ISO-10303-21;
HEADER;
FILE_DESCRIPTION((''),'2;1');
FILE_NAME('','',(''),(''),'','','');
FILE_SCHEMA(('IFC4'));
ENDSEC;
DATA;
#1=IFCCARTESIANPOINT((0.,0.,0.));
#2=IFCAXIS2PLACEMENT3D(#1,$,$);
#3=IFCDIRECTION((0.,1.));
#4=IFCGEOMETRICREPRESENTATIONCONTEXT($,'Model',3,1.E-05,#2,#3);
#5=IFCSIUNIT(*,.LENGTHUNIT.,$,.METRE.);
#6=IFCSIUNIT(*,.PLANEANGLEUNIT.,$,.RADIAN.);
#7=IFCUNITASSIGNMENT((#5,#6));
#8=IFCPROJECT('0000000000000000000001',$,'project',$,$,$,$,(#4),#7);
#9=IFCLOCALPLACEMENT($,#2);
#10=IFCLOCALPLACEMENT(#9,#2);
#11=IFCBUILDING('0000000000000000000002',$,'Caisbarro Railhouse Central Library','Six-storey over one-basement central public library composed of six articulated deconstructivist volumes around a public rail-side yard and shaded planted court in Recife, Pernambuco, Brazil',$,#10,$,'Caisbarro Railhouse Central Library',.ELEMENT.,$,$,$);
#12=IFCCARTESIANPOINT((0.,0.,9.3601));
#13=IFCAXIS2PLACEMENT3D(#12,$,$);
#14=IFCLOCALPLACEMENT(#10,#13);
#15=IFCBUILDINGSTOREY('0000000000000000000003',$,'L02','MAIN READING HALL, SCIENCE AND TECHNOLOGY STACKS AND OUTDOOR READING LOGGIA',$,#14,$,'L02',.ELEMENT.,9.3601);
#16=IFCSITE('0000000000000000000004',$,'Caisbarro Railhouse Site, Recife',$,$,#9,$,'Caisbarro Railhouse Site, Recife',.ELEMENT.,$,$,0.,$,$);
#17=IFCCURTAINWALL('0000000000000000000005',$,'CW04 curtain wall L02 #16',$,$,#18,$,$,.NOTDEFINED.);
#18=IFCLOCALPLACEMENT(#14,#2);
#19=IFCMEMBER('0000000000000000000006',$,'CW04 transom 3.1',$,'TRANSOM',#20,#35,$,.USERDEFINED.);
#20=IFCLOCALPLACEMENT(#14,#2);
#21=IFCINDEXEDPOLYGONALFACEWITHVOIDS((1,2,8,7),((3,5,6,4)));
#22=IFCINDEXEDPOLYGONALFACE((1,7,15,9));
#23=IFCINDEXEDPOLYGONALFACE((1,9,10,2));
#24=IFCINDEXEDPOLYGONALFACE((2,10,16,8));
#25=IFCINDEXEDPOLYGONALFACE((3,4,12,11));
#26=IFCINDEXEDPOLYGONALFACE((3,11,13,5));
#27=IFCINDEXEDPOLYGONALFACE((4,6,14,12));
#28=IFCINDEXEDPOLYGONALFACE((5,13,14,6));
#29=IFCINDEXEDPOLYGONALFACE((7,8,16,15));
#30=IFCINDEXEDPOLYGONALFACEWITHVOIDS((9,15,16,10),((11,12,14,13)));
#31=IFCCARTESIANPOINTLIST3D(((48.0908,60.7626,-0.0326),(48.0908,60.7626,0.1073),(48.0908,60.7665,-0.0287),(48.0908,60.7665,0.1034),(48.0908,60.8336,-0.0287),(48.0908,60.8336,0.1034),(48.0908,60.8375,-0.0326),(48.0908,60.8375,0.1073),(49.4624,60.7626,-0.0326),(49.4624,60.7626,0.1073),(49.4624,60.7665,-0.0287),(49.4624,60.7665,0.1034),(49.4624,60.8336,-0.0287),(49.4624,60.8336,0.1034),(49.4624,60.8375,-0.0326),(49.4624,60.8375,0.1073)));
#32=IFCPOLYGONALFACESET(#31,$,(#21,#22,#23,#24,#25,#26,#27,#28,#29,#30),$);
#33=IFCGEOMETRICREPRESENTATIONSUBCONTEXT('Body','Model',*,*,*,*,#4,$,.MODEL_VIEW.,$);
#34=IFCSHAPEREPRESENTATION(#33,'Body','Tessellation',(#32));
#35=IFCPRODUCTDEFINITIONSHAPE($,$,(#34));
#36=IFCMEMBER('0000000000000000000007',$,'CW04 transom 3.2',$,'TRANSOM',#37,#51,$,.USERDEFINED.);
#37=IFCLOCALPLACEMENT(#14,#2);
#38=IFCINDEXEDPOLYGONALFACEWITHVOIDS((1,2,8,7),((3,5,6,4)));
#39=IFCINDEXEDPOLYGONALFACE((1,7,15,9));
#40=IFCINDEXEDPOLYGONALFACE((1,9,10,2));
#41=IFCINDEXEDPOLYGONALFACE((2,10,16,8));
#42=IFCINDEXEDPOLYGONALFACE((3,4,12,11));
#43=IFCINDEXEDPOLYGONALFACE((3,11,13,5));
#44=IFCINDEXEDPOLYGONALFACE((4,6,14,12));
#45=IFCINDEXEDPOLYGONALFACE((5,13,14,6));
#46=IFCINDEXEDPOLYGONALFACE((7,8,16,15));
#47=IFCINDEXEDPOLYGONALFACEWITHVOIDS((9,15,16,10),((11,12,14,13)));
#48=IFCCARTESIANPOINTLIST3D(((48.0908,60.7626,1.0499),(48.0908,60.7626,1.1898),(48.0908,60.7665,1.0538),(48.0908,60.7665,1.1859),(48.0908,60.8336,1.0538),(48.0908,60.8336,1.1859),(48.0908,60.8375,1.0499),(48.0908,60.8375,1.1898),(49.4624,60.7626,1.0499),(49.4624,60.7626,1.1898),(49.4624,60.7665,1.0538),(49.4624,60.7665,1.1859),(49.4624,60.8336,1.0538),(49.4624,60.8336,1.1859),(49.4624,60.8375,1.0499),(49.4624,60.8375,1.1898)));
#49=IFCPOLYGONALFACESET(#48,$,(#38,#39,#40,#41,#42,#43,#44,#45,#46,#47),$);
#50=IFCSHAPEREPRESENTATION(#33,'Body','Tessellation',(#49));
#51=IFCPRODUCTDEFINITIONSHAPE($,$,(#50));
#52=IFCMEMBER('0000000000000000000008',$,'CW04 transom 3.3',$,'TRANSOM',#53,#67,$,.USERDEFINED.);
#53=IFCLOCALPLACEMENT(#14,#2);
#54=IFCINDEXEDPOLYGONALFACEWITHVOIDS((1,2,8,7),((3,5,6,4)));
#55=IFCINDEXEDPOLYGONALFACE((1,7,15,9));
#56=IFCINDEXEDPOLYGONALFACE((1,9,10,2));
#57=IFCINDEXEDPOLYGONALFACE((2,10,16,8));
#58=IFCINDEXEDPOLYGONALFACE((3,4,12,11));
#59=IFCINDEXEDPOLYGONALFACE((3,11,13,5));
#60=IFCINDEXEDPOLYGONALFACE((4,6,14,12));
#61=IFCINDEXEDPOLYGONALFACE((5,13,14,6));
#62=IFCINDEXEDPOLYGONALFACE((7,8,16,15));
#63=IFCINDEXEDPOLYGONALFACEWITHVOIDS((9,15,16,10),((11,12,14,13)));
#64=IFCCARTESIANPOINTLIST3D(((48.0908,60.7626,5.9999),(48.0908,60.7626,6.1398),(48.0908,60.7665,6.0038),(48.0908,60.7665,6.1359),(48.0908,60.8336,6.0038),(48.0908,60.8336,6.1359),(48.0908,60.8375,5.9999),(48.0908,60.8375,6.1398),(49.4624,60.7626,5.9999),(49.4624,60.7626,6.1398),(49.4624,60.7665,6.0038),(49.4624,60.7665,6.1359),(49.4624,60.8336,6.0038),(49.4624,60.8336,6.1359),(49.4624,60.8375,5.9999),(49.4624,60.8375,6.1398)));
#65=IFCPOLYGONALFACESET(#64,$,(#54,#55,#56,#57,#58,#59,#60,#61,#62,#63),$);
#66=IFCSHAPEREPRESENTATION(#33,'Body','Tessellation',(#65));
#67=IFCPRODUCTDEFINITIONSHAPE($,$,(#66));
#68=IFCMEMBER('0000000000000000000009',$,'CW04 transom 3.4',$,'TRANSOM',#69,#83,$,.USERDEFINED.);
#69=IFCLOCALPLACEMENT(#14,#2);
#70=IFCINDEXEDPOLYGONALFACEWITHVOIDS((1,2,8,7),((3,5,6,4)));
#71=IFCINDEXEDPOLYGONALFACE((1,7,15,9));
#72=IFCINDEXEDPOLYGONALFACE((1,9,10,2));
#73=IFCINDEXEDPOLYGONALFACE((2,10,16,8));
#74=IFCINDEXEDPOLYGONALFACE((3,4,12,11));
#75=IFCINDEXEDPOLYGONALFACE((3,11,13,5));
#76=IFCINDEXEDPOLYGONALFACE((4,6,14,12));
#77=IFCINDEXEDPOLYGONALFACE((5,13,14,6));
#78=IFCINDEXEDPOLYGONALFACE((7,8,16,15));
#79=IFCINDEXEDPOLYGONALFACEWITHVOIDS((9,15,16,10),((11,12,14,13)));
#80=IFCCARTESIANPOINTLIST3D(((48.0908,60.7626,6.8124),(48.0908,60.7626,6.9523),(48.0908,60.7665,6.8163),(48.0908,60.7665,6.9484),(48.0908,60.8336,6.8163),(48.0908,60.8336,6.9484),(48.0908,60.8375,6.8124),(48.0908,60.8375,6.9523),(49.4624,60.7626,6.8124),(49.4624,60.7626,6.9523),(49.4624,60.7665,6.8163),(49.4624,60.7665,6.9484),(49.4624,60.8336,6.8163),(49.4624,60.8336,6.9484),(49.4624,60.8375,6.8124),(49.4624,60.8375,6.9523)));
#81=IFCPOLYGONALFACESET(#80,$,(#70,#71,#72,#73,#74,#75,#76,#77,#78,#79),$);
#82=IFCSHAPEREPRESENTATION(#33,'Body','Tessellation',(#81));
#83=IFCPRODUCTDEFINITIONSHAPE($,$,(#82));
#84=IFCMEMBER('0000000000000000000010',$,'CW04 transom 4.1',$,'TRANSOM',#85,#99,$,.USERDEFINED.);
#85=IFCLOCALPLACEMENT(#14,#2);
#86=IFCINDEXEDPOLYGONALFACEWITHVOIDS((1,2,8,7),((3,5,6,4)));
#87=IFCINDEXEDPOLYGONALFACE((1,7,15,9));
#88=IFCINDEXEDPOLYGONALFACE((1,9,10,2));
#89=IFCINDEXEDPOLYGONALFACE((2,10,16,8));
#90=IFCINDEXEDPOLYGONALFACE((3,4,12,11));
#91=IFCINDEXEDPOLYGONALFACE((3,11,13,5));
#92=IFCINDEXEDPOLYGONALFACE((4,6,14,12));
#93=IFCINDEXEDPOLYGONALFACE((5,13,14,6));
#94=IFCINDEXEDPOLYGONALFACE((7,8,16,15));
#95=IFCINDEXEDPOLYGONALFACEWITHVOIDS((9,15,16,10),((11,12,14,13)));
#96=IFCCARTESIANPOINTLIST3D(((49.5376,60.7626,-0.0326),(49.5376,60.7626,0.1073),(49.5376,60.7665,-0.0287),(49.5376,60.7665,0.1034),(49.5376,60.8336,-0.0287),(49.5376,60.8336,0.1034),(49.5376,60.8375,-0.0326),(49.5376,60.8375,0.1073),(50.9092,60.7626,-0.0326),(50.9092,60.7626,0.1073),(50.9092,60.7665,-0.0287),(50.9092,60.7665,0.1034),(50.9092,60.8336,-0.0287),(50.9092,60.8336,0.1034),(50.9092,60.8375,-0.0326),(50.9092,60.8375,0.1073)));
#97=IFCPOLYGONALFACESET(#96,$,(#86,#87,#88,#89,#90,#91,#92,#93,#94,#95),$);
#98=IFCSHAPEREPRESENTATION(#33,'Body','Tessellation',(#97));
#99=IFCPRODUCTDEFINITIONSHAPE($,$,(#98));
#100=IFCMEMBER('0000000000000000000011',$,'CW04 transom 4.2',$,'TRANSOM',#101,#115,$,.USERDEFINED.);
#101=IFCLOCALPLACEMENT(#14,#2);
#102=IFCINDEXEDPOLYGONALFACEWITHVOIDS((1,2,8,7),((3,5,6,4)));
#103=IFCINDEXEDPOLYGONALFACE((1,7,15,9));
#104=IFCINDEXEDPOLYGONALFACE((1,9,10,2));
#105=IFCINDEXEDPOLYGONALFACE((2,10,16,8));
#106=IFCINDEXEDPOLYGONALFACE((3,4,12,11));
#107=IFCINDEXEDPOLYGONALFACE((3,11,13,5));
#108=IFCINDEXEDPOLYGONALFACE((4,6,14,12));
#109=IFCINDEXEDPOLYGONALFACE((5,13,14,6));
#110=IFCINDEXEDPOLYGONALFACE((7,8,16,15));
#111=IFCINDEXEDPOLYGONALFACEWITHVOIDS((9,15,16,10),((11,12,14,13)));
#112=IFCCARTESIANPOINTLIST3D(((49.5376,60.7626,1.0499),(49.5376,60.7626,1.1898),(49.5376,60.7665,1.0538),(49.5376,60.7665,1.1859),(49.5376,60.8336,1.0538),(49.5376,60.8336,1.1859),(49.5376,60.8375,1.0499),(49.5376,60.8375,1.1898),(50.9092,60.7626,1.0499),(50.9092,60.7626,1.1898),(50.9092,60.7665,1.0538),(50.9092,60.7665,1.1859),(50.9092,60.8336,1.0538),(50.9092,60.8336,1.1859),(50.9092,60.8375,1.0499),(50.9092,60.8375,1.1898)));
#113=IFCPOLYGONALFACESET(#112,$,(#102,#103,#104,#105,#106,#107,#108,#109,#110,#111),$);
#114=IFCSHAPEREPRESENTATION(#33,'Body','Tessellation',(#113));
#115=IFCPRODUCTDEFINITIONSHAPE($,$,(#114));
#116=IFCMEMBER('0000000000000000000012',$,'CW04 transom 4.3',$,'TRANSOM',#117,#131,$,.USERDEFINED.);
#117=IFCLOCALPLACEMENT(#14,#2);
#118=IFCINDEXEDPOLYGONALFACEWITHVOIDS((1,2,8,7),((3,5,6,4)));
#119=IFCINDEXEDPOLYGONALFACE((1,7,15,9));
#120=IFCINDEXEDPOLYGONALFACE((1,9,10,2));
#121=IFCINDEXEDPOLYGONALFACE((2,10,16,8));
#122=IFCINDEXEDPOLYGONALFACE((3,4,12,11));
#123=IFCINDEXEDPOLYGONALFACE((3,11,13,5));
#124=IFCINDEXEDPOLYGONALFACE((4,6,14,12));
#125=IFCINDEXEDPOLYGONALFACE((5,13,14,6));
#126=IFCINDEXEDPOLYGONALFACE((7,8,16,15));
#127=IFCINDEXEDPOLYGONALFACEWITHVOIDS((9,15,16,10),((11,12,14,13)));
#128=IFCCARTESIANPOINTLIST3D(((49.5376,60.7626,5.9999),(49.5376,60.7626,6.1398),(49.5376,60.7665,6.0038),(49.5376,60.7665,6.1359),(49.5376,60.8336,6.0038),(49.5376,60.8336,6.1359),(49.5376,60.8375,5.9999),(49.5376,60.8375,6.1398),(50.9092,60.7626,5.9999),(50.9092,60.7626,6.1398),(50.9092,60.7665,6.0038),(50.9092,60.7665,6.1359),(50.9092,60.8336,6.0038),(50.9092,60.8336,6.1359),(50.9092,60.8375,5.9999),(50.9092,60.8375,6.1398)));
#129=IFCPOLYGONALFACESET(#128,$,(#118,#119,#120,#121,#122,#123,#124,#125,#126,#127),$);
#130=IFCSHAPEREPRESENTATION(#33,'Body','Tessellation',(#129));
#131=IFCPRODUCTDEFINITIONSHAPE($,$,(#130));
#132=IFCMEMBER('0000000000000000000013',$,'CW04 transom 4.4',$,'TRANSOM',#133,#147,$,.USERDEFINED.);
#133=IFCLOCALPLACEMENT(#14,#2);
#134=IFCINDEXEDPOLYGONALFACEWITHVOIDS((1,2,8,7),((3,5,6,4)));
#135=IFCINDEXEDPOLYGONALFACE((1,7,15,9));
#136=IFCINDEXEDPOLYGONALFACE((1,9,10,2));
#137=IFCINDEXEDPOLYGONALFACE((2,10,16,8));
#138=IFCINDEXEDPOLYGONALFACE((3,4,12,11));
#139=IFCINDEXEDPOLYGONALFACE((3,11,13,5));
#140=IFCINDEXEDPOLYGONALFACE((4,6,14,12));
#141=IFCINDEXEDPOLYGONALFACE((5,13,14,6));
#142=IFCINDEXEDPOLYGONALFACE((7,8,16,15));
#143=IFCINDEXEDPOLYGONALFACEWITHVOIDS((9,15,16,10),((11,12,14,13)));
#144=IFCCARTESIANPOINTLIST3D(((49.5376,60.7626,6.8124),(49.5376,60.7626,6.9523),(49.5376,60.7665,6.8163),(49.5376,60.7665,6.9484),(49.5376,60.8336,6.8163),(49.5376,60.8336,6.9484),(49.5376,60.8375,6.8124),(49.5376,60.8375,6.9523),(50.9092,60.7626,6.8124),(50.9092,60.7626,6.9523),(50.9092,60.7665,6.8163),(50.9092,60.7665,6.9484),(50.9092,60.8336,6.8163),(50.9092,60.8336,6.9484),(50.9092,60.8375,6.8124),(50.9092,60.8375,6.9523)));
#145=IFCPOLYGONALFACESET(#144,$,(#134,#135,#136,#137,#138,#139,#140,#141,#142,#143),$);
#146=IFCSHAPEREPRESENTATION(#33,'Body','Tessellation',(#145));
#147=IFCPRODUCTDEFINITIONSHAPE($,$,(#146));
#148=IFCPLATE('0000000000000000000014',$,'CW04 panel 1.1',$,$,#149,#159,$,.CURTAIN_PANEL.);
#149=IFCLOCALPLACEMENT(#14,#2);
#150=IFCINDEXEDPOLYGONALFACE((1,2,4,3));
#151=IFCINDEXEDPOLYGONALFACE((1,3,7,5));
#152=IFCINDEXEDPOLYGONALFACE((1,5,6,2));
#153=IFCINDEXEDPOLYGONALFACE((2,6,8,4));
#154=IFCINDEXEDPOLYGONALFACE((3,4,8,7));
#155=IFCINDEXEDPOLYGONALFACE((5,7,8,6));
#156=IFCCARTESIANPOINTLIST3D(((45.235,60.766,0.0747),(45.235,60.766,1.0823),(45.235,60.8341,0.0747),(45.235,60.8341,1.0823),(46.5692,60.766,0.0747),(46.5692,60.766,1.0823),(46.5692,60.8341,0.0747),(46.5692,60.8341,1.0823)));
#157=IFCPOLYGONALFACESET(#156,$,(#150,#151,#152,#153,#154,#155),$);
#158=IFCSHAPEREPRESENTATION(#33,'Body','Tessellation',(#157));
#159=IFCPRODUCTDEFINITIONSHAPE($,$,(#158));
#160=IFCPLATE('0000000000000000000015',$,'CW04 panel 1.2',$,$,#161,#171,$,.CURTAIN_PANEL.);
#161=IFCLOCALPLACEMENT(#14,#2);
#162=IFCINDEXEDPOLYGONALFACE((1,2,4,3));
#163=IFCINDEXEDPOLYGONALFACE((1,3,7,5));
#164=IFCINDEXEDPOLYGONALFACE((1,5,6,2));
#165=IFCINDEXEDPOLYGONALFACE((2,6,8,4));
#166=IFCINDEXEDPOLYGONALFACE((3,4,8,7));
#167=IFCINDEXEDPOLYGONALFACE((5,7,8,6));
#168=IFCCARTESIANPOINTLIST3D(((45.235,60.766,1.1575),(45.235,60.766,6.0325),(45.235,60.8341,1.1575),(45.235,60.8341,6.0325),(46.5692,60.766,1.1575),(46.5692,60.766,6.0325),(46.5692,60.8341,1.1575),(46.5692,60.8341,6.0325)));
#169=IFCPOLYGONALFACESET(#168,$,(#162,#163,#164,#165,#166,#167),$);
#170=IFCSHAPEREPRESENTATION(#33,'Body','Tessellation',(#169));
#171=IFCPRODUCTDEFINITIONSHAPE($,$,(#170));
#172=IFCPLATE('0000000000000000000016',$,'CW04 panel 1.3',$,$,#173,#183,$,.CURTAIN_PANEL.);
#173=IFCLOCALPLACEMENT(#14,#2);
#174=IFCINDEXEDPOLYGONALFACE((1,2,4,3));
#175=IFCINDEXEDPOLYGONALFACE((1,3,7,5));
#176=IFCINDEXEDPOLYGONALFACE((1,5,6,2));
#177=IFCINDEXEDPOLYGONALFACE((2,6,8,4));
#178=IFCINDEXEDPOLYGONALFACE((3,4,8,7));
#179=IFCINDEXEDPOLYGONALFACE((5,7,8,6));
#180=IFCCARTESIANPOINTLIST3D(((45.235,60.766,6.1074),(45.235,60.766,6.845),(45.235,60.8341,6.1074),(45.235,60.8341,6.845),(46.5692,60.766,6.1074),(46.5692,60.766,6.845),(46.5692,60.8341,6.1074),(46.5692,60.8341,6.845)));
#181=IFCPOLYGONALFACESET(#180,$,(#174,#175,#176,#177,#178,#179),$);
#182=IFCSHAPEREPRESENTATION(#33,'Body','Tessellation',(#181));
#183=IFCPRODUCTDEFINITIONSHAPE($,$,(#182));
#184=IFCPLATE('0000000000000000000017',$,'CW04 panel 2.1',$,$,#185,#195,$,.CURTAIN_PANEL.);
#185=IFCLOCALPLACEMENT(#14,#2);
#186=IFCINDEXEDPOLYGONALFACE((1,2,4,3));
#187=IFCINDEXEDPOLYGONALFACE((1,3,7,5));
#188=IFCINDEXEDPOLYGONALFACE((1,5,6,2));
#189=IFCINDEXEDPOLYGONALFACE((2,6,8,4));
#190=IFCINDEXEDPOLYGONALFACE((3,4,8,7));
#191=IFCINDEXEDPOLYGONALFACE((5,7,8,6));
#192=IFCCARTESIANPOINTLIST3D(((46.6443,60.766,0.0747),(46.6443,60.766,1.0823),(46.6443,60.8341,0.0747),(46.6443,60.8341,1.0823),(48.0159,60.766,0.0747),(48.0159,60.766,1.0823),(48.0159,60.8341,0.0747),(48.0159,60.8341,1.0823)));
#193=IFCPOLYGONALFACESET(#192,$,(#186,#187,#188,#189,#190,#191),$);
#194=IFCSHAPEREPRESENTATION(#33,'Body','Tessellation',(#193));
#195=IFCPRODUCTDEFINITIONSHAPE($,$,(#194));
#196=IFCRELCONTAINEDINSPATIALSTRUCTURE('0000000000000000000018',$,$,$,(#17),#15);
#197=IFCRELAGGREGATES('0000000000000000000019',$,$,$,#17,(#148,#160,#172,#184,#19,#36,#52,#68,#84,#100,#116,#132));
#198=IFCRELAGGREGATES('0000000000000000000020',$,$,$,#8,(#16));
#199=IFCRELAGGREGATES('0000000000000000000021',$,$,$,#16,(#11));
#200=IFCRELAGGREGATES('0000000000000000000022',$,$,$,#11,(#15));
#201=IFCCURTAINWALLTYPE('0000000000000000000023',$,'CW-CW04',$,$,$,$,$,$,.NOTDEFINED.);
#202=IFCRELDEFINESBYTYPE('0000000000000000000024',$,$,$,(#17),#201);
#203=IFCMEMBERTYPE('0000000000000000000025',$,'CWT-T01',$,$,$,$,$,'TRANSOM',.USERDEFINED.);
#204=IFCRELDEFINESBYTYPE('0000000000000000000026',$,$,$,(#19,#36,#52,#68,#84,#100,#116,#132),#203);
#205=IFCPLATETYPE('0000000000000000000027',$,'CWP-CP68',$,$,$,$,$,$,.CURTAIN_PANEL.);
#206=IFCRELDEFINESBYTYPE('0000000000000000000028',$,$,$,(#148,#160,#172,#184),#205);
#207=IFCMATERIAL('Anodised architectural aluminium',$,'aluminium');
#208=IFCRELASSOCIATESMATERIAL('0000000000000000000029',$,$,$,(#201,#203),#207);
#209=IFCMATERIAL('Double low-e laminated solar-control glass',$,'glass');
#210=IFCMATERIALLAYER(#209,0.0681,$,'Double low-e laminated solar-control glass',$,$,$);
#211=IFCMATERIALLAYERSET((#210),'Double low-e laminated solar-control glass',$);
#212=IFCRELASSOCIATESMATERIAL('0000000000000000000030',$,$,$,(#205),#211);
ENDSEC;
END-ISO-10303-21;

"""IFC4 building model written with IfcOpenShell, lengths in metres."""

from ifc_helpers import new_model, si_unit, direction, frame, origin, origin_2d, place, context, subcontext, project, spatial, rectangle, hollow_rectangle, extrude, material, layer, layer_set, material_profile, profile_set, type_object, element, aggregate, save


model = new_model("IFC4")

# Units and contexts
model_context = context("Model", 3, precision=1e-05, world=origin(), true_north=direction((0.0, 1.0)))
body_context = subcontext(model_context, "Body", "Model", "MODEL_VIEW")
ifc_project = project(units=[si_unit("LENGTHUNIT", "METRE"), si_unit("PLANEANGLEUNIT", "RADIAN")], contexts=[model_context])

# Site, building, storey
site_placement = place(None, origin())
site = spatial("IfcSite", under=ifc_project, at=site_placement, Name="Caisbarro Railhouse Site, Recife", LongName="Caisbarro Railhouse Site, Recife", CompositionType="ELEMENT", RefElevation=0.0)
building_placement = place(site_placement, origin())
building = spatial("IfcBuilding", under=site, at=building_placement, Name="Caisbarro Railhouse Central Library", Description="Six-storey over one-basement central public library composed of six articulated deconstructivist volumes around a public rail-side yard and shaded planted court in Recife, Pernambuco, Brazil", LongName="Caisbarro Railhouse Central Library", CompositionType="ELEMENT")
storey_placement = place(building_placement, frame((0.0, 0.0, 9.3601)))
storey = spatial("IfcBuildingStorey", under=building, at=storey_placement, Name="L02", Description="MAIN READING HALL, SCIENCE AND TECHNOLOGY STACKS AND OUTDOOR READING LOGGIA", LongName="L02", CompositionType="ELEMENT", Elevation=9.3601)

# Curtain wall, members, plates
ifc_material_1 = material(Name="Anodised architectural aluminium", Category="aluminium")
curtain_wall_type = type_object("IfcCurtainWallType", Name="CW-CW04", PredefinedType="NOTDEFINED", material=ifc_material_1)
curtain_wall_placement = place(storey_placement, origin())
curtain_wall = element("IfcCurtainWall", 1, at=curtain_wall_placement, inside=storey, type_object=curtain_wall_type, Name="CW04 curtain wall L02 #16", PredefinedType="NOTDEFINED")
ifc_material_profile_1 = material_profile(ifc_material_1, hollow_rectangle(XDim=0.075, YDim=0.1399, WallThickness=0.0039, at=origin_2d()), Name="ALU-TRN-75X140")
ifc_profile_set_1 = profile_set([ifc_material_profile_1], Name="Anodised architectural aluminium")
member_type_1 = type_object("IfcMemberType", Name="CWT-T01", ElementType="TRANSOM", PredefinedType="USERDEFINED", material=ifc_profile_set_1)
member_1_placement = place(storey_placement, frame((48.0908, 60.8, 0.0374), z_axis=(1.0, 0.0, 0.0), x_axis=(0.0, 1.0, 0.0)))
member_1 = element("IfcMember", 2, at=member_1_placement, type_object=member_type_1, Name="CW04 transom 3.1", ObjectType="TRANSOM", PredefinedType="USERDEFINED", context=body_context, shape_type="SweptSolid", body=[
    extrude(hollow_rectangle(XDim=0.075, YDim=0.1399, WallThickness=0.0039, at=origin_2d()), origin(), (0.0, 0.0, 1.0), 1.3716),
])
member_2_placement = place(storey_placement, frame((48.0908, 60.8, 1.1199), z_axis=(1.0, 0.0, 0.0), x_axis=(0.0, 1.0, 0.0)))
member_2 = element("IfcMember", 3, at=member_2_placement, type_object=member_type_1, Name="CW04 transom 3.2", ObjectType="TRANSOM", PredefinedType="USERDEFINED", context=body_context, shape_type="SweptSolid", body=[
    extrude(hollow_rectangle(XDim=0.075, YDim=0.1399, WallThickness=0.0039, at=origin_2d()), origin(), (0.0, 0.0, 1.0), 1.3716),
])
member_3_placement = place(storey_placement, frame((48.0908, 60.8, 6.0698), z_axis=(1.0, 0.0, 0.0), x_axis=(0.0, 1.0, 0.0)))
member_3 = element("IfcMember", 4, at=member_3_placement, type_object=member_type_1, Name="CW04 transom 3.3", ObjectType="TRANSOM", PredefinedType="USERDEFINED", context=body_context, shape_type="SweptSolid", body=[
    extrude(hollow_rectangle(XDim=0.075, YDim=0.1399, WallThickness=0.0039, at=origin_2d()), origin(), (0.0, 0.0, 1.0), 1.3716),
])
member_4_placement = place(storey_placement, frame((48.0908, 60.8, 6.8823), z_axis=(1.0, 0.0, 0.0), x_axis=(0.0, 1.0, 0.0)))
member_4 = element("IfcMember", 5, at=member_4_placement, type_object=member_type_1, Name="CW04 transom 3.4", ObjectType="TRANSOM", PredefinedType="USERDEFINED", context=body_context, shape_type="SweptSolid", body=[
    extrude(hollow_rectangle(XDim=0.075, YDim=0.1399, WallThickness=0.0039, at=origin_2d()), origin(), (0.0, 0.0, 1.0), 1.3716),
])
member_5_placement = place(storey_placement, frame((49.5376, 60.8, 0.0374), z_axis=(1.0, 0.0, 0.0), x_axis=(0.0, 1.0, 0.0)))
member_5 = element("IfcMember", 6, at=member_5_placement, type_object=member_type_1, Name="CW04 transom 4.1", ObjectType="TRANSOM", PredefinedType="USERDEFINED", context=body_context, shape_type="SweptSolid", body=[
    extrude(hollow_rectangle(XDim=0.075, YDim=0.1399, WallThickness=0.0039, at=origin_2d()), origin(), (0.0, 0.0, 1.0), 1.3716),
])
member_6_placement = place(storey_placement, frame((49.5376, 60.8, 1.1199), z_axis=(1.0, 0.0, 0.0), x_axis=(0.0, 1.0, 0.0)))
member_6 = element("IfcMember", 7, at=member_6_placement, type_object=member_type_1, Name="CW04 transom 4.2", ObjectType="TRANSOM", PredefinedType="USERDEFINED", context=body_context, shape_type="SweptSolid", body=[
    extrude(hollow_rectangle(XDim=0.075, YDim=0.1399, WallThickness=0.0039, at=origin_2d()), origin(), (0.0, 0.0, 1.0), 1.3716),
])
member_7_placement = place(storey_placement, frame((49.5376, 60.8, 6.0698), z_axis=(1.0, 0.0, 0.0), x_axis=(0.0, 1.0, 0.0)))
member_7 = element("IfcMember", 8, at=member_7_placement, type_object=member_type_1, Name="CW04 transom 4.3", ObjectType="TRANSOM", PredefinedType="USERDEFINED", context=body_context, shape_type="SweptSolid", body=[
    extrude(hollow_rectangle(XDim=0.075, YDim=0.1399, WallThickness=0.0039, at=origin_2d()), origin(), (0.0, 0.0, 1.0), 1.3716),
])
member_8_placement = place(storey_placement, frame((49.5376, 60.8, 6.8823), z_axis=(1.0, 0.0, 0.0), x_axis=(0.0, 1.0, 0.0)))
member_8 = element("IfcMember", 9, at=member_8_placement, type_object=member_type_1, Name="CW04 transom 4.4", ObjectType="TRANSOM", PredefinedType="USERDEFINED", context=body_context, shape_type="SweptSolid", body=[
    extrude(hollow_rectangle(XDim=0.075, YDim=0.1399, WallThickness=0.0039, at=origin_2d()), origin(), (0.0, 0.0, 1.0), 1.3716),
])
ifc_material_2 = material(Name="Double low-e laminated solar-control glass", Category="glass")
ifc_layer = layer(ifc_material_2, 0.0681, Name="Double low-e laminated solar-control glass")
ifc_layer_set = layer_set([ifc_layer], Name="Double low-e laminated solar-control glass")
plate_type = type_object("IfcPlateType", Name="CWP-CP68", PredefinedType="CURTAIN_PANEL", material=ifc_layer_set)
plate_1_placement = place(storey_placement, frame((45.9021, 60.8, 0.0747), z_axis=(0.0, 0.0, 1.0), x_axis=(1.0, 0.0, 0.0)))
plate_1 = element("IfcPlate", 10, at=plate_1_placement, type_object=plate_type, Name="CW04 panel 1.1", PredefinedType="CURTAIN_PANEL", context=body_context, shape_type="SweptSolid", body=[
    extrude(rectangle(XDim=1.3342, YDim=0.0681, at=origin_2d()), origin(), (0.0, 0.0, 1.0), 1.0076),
])
plate_2_placement = place(storey_placement, frame((45.9021, 60.8, 1.1575), z_axis=(0.0, 0.0, 1.0), x_axis=(1.0, 0.0, 0.0)))
plate_2 = element("IfcPlate", 11, at=plate_2_placement, type_object=plate_type, Name="CW04 panel 1.2", PredefinedType="CURTAIN_PANEL", context=body_context, shape_type="SweptSolid", body=[
    extrude(rectangle(XDim=1.3342, YDim=0.0681, at=origin_2d()), origin(), (0.0, 0.0, 1.0), 4.875),
])
plate_3_placement = place(storey_placement, frame((45.9021, 60.8, 6.1074), z_axis=(0.0, 0.0, 1.0), x_axis=(1.0, 0.0, 0.0)))
plate_3 = element("IfcPlate", 12, at=plate_3_placement, type_object=plate_type, Name="CW04 panel 1.3", PredefinedType="CURTAIN_PANEL", context=body_context, shape_type="SweptSolid", body=[
    extrude(rectangle(XDim=1.3342, YDim=0.0681, at=origin_2d()), origin(), (0.0, 0.0, 1.0), 0.7375),
])
plate_4_placement = place(storey_placement, frame((47.3301, 60.8, 0.0747), z_axis=(0.0, 0.0, 1.0), x_axis=(1.0, 0.0, 0.0)))
plate_4 = element("IfcPlate", 13, at=plate_4_placement, type_object=plate_type, Name="CW04 panel 2.1", PredefinedType="CURTAIN_PANEL", context=body_context, shape_type="SweptSolid", body=[
    extrude(rectangle(XDim=1.3716, YDim=0.0681, at=origin_2d()), origin(), (0.0, 0.0, 1.0), 1.0076),
])
aggregate(curtain_wall, [plate_1, plate_2, plate_3, plate_4, member_1, member_2, member_3, member_4, member_5, member_6, member_7, member_8])

save(model, "model.ifc")
